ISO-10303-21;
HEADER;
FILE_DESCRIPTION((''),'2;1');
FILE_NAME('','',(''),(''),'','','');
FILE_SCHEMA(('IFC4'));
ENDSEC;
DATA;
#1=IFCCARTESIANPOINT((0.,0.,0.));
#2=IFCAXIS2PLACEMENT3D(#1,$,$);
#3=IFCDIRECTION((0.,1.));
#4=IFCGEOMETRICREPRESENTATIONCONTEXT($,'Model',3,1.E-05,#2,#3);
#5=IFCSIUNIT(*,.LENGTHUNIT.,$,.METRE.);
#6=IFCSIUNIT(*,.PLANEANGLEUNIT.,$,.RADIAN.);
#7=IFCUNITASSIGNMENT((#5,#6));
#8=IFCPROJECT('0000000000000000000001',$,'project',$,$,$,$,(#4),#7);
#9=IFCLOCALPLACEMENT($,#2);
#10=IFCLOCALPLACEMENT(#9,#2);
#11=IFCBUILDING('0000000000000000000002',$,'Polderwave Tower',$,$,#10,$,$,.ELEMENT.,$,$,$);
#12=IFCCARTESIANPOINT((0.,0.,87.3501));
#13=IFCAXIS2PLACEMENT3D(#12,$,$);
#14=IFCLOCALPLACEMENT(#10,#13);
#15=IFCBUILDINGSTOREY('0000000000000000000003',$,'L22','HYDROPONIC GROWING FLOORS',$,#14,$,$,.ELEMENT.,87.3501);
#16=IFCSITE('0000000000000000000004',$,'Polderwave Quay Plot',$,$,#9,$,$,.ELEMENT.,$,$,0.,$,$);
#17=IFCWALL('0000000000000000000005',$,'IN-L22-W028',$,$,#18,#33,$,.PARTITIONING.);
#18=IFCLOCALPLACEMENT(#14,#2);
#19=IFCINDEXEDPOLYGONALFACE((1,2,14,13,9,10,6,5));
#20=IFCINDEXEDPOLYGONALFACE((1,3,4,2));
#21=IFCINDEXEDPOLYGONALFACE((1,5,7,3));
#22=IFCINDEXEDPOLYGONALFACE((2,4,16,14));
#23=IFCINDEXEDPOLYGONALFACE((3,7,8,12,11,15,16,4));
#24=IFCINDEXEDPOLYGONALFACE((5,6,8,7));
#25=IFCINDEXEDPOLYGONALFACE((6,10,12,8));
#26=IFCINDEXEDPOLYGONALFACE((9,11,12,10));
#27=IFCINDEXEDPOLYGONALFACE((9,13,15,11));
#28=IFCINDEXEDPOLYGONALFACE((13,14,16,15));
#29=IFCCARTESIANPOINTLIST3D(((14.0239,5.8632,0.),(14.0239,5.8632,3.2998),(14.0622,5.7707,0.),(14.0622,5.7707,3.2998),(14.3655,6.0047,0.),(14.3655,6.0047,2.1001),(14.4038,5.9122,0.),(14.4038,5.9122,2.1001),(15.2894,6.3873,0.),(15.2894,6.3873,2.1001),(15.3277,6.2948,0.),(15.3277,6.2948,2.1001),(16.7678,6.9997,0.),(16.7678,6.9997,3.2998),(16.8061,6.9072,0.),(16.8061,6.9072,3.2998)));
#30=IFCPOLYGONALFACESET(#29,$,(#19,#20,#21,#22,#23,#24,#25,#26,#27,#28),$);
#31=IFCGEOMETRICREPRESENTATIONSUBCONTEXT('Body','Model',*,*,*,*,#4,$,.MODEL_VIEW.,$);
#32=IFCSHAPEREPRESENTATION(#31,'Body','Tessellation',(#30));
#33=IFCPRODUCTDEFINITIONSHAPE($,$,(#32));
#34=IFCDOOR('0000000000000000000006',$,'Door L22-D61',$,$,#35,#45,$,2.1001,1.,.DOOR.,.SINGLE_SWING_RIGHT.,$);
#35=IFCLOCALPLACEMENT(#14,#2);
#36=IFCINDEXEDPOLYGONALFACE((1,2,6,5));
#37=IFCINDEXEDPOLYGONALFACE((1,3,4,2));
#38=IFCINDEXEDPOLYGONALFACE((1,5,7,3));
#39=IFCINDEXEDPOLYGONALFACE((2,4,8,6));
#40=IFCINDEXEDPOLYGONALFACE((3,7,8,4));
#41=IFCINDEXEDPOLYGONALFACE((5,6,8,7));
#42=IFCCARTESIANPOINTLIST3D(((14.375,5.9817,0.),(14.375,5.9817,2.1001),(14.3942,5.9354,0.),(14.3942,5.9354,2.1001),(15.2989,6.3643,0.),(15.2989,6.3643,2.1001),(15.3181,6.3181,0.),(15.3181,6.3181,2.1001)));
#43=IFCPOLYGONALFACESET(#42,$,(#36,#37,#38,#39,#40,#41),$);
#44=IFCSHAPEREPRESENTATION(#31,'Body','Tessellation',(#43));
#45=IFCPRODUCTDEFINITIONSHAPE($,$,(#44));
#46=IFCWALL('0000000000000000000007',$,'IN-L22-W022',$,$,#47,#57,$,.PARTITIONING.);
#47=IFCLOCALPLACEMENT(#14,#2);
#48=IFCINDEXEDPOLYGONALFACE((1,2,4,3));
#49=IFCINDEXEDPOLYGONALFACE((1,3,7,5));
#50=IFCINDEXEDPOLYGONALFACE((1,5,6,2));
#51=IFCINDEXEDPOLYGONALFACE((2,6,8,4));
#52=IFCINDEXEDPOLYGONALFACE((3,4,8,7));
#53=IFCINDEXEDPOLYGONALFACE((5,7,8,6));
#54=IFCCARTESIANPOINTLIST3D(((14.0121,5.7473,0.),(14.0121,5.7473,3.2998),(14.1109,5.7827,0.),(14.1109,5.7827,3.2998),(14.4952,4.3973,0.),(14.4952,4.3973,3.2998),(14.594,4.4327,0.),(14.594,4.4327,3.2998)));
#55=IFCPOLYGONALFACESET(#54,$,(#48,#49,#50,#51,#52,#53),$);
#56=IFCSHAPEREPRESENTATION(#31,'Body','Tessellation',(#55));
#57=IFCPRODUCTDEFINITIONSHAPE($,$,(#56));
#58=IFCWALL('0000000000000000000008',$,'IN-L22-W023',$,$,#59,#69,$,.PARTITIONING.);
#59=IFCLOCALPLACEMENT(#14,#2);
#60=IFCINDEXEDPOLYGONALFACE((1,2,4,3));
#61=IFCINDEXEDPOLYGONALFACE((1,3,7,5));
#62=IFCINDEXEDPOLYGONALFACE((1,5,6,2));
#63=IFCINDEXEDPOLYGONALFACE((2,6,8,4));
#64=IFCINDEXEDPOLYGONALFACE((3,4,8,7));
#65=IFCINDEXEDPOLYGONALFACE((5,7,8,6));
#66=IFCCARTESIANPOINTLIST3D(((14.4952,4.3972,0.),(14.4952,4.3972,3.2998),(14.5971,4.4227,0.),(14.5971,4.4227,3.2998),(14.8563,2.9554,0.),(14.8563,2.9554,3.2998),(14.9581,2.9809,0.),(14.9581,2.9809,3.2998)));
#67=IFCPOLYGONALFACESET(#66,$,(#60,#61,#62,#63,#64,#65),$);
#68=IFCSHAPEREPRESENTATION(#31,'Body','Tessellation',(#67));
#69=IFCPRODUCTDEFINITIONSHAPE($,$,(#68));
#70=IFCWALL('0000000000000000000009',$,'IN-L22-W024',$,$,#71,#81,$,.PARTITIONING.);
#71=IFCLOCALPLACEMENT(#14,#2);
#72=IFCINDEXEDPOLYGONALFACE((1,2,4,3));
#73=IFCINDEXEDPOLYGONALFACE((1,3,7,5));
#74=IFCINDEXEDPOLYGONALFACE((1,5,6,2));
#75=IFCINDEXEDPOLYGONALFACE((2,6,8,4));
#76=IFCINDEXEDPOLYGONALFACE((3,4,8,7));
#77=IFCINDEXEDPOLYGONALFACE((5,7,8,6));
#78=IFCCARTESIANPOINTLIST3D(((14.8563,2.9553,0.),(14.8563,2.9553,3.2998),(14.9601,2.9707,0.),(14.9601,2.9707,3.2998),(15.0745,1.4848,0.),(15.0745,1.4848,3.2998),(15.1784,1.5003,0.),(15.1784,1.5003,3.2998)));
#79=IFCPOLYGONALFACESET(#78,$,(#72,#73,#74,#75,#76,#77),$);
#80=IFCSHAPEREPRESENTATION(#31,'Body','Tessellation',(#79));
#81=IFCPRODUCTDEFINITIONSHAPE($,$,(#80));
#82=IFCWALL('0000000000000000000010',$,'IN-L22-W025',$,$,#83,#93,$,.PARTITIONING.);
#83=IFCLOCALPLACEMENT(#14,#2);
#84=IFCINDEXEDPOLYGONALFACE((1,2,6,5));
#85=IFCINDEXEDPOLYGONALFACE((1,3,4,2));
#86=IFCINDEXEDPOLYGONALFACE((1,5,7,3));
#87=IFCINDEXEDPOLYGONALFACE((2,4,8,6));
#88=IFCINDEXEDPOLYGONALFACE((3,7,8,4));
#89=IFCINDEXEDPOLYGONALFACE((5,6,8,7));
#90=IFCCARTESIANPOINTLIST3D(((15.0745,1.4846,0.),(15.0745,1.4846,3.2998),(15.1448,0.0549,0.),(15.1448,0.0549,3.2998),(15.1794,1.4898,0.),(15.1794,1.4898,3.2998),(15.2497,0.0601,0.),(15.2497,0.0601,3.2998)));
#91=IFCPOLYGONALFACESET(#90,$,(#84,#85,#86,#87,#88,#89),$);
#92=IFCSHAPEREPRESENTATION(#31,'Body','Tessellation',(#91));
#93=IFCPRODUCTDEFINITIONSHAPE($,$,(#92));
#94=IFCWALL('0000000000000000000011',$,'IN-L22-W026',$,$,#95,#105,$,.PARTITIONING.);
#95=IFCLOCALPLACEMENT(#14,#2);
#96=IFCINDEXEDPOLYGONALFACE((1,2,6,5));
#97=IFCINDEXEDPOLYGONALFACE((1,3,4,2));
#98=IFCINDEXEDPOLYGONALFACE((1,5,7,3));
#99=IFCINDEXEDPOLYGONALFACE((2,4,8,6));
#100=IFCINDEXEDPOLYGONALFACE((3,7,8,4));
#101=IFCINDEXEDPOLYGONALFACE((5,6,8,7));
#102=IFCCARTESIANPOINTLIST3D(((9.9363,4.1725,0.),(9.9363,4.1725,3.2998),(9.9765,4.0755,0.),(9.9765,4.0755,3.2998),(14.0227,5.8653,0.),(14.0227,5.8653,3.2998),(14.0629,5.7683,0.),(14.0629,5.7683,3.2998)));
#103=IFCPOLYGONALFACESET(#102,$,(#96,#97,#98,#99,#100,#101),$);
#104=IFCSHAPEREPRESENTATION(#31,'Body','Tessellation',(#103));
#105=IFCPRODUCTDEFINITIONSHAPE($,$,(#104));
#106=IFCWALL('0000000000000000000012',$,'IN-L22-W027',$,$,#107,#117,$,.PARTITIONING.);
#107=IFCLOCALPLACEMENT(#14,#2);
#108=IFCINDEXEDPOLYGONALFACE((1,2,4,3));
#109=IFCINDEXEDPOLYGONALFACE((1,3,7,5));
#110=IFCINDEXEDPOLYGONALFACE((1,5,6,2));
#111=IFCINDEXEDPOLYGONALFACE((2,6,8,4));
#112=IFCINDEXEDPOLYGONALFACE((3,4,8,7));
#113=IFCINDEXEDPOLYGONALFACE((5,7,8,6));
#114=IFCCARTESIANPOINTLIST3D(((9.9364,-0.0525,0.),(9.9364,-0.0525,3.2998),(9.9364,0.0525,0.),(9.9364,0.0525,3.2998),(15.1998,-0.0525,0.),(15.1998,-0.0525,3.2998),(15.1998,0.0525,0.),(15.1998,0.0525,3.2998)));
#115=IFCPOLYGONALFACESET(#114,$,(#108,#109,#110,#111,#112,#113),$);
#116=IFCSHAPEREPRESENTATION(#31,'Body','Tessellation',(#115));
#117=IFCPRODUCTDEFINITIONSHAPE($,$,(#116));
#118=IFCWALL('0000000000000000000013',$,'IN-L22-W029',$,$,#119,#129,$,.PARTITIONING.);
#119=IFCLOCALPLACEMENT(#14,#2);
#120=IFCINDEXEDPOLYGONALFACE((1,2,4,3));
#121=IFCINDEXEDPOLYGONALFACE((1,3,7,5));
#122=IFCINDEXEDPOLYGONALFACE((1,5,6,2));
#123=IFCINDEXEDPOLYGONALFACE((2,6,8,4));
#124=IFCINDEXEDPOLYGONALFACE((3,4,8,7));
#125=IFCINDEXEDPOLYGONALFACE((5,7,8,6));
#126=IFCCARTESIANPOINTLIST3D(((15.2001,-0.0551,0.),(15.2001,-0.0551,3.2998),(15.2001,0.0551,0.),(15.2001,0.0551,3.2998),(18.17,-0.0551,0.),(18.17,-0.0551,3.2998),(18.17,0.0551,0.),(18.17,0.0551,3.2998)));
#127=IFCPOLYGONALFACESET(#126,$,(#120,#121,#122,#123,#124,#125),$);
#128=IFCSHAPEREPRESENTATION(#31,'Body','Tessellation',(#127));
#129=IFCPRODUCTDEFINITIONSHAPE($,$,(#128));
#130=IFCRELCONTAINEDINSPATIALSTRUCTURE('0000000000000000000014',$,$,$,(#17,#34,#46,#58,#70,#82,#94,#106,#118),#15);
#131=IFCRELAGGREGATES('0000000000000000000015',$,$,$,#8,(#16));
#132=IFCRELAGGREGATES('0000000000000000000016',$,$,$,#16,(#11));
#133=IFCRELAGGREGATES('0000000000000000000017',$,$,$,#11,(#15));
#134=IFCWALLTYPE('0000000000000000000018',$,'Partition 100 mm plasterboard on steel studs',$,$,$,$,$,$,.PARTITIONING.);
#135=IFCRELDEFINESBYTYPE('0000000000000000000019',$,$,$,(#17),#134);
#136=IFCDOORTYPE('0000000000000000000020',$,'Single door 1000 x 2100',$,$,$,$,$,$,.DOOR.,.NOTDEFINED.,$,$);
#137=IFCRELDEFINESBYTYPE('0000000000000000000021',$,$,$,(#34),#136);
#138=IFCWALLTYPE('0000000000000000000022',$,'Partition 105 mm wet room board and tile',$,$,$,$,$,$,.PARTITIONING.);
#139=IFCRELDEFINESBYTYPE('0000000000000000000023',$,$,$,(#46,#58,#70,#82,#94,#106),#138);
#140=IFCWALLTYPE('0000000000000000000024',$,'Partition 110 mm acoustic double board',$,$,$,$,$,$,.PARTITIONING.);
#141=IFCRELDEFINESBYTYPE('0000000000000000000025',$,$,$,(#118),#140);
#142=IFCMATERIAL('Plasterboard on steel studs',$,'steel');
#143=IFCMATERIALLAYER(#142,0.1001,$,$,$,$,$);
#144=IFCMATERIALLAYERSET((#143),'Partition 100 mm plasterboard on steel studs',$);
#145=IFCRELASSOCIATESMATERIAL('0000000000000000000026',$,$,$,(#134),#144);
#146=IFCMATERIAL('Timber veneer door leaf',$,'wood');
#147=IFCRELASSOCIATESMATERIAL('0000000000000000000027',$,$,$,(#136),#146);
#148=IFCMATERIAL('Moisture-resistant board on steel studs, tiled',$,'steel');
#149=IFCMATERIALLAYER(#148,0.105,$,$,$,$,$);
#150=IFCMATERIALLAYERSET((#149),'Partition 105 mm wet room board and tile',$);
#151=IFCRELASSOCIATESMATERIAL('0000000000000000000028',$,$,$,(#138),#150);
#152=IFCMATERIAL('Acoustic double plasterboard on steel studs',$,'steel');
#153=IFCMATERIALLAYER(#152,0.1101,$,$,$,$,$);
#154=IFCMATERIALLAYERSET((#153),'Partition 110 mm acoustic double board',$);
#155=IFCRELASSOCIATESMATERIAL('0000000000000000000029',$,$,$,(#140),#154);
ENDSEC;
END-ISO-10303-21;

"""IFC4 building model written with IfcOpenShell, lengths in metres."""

from ifc_helpers import new_model, si_unit, direction, frame, frame_2d, origin, place, context, subcontext, project, spatial, rectangle, extrude, material, layer, layer_set, type_object, element, fill, save


model = new_model("IFC4")

# Units and contexts
model_context = context("Model", 3, precision=1e-05, world=origin(), true_north=direction((0.0, 1.0)))
body_context = subcontext(model_context, "Body", "Model", "MODEL_VIEW")
ifc_project = project(units=[si_unit("LENGTHUNIT", "METRE"), si_unit("PLANEANGLEUNIT", "RADIAN")], contexts=[model_context])

# Site, building, storey
site_placement = place(None, origin())
site = spatial("IfcSite", under=ifc_project, at=site_placement, Name="Polderwave Quay Plot", CompositionType="ELEMENT", RefElevation=0.0)
building_placement = place(site_placement, origin())
building = spatial("IfcBuilding", under=site, at=building_placement, Name="Polderwave Tower", CompositionType="ELEMENT")
storey_placement = place(building_placement, frame((0.0, 0.0, 87.3501)))
storey = spatial("IfcBuildingStorey", under=building, at=storey_placement, Name="L22", Description="HYDROPONIC GROWING FLOORS", CompositionType="ELEMENT", Elevation=87.3501)

# Wall, opening, door
ifc_material_1 = material(Name="Plasterboard on steel studs", Category="steel")
ifc_layer_1 = layer(ifc_material_1, 0.1001)
ifc_layer_set_1 = layer_set([ifc_layer_1], Name="Partition 100 mm plasterboard on steel studs")
wall_type_1 = type_object("IfcWallType", Name="Partition 100 mm plasterboard on steel studs", PredefinedType="PARTITIONING", material=ifc_layer_set_1)
wall_1_placement = place(storey_placement, frame((16.7869, 6.9534, 0.0), z_axis=(0.0, 0.0, 1.0), x_axis=(-0.92389, -0.382659, 0.0)))
wall_1 = element("IfcWall", 1, at=wall_1_placement, inside=storey, type_object=wall_type_1, Name="IN-L22-W028", PredefinedType="PARTITIONING", context=body_context, shape_type="SweptSolid", body=[
    extrude(rectangle(XDim=2.97, YDim=0.1001, at=frame_2d((1.4849, 0.0))), origin(), (0.0, 0.0, 1.0), 3.2998),
])
opening_placement = place(wall_1_placement, frame((1.6001, 0.0, 0.0)))
opening = element("IfcOpeningElement", 2, at=opening_placement, cuts=wall_1, PredefinedType="OPENING", context=body_context, shape_type="SweptSolid", body=[
    extrude(rectangle(XDim=1.0, YDim=2.1001, at=frame_2d((0.5, 1.05))), frame((0.0, 0.0601, 0.0), z_axis=(0.0, -1.0, 0.0), x_axis=(1.0, 0.0, 0.0)), (0.0, 0.0, 1.0), 0.1201),
])
ifc_material_2 = material(Name="Timber veneer door leaf", Category="wood")
door_type = type_object("IfcDoorType", Name="Single door 1000 x 2100", OperationType="NOTDEFINED", PredefinedType="DOOR", material=ifc_material_2)
door_placement = place(opening_placement, origin())
door = element("IfcDoor", 3, at=door_placement, inside=storey, type_object=door_type, Name="Door L22-D61", OperationType="SINGLE_SWING_RIGHT", OverallHeight=2.1001, OverallWidth=1.0, PredefinedType="DOOR", context=body_context, shape_type="SweptSolid", body=[
    extrude(rectangle(XDim=1.0, YDim=2.1001, at=frame_2d((0.5, 1.05))), frame((0.0, 0.0249, 0.0), z_axis=(0.0, -1.0, 0.0), x_axis=(1.0, 0.0, 0.0)), (0.0, 0.0, 1.0), 0.05),
])
fill(opening, door)

# Walls
ifc_material_3 = material(Name="Moisture-resistant board on steel studs, tiled", Category="steel")
ifc_layer_2 = layer(ifc_material_3, 0.105)
ifc_layer_set_2 = layer_set([ifc_layer_2], Name="Partition 105 mm wet room board and tile")
wall_type_2 = type_object("IfcWallType", Name="Partition 105 mm wet room board and tile", PredefinedType="PARTITIONING", material=ifc_layer_set_2)
wall_2_placement = place(storey_placement, frame((14.0615, 5.7649, 0.0), z_axis=(0.0, 0.0, 1.0), x_axis=(0.33694, -0.941526, 0.0)))
element("IfcWall", 4, at=wall_2_placement, inside=storey, type_object=wall_type_2, Name="IN-L22-W022", PredefinedType="PARTITIONING", context=body_context, shape_type="SweptSolid", body=[
    extrude(rectangle(XDim=1.4338, YDim=0.105, at=frame_2d((0.7168, 0.0))), origin(), (0.0, 0.0, 1.0), 3.2998),
])
wall_3_placement = place(storey_placement, frame((14.5461, 4.4099, 0.0), z_axis=(0.0, 0.0, 1.0), x_axis=(0.242922, -0.970046, 0.0)))
element("IfcWall", 5, at=wall_3_placement, inside=storey, type_object=wall_type_2, Name="IN-L22-W023", PredefinedType="PARTITIONING", context=body_context, shape_type="SweptSolid", body=[
    extrude(rectangle(XDim=1.4863, YDim=0.105, at=frame_2d((0.7432, 0.0))), origin(), (0.0, 0.0, 1.0), 3.2998),
])
wall_4_placement = place(storey_placement, frame((14.9082, 2.9629, 0.0), z_axis=(0.0, 0.0, 1.0), x_axis=(0.146822, -0.989163, 0.0)))
element("IfcWall", 6, at=wall_4_placement, inside=storey, type_object=wall_type_2, Name="IN-L22-W024", PredefinedType="PARTITIONING", context=body_context, shape_type="SweptSolid", body=[
    extrude(rectangle(XDim=1.4866, YDim=0.105, at=frame_2d((0.7432, 0.0))), origin(), (0.0, 0.0, 1.0), 3.2998),
])
wall_5_placement = place(storey_placement, frame((15.127, 1.4873, 0.0), z_axis=(0.0, 0.0, 1.0), x_axis=(0.049121, -0.998793, 0.0)))
element("IfcWall", 7, at=wall_5_placement, inside=storey, type_object=wall_type_2, Name="IN-L22-W025", PredefinedType="PARTITIONING", context=body_context, shape_type="SweptSolid", body=[
    extrude(rectangle(XDim=1.4314, YDim=0.105, at=frame_2d((0.7158, 0.0))), origin(), (0.0, 0.0, 1.0), 3.2998),
])
wall_6_placement = place(storey_placement, frame((9.9565, 4.124, 0.0), z_axis=(0.0, 0.0, 1.0), x_axis=(0.923862, 0.382726, 0.0)))
element("IfcWall", 8, at=wall_6_placement, inside=storey, type_object=wall_type_2, Name="IN-L22-W026", PredefinedType="PARTITIONING", context=body_context, shape_type="SweptSolid", body=[
    extrude(rectangle(XDim=4.4231, YDim=0.105, at=frame_2d((2.2114, 0.0))), origin(), (0.0, 0.0, 1.0), 3.2998),
])
wall_7_placement = place(storey_placement, frame((15.2, 0.0, 0.0), z_axis=(0.0, 0.0, 1.0), x_axis=(-1.0, 0.0, 0.0)))
element("IfcWall", 9, at=wall_7_placement, inside=storey, type_object=wall_type_2, Name="IN-L22-W027", PredefinedType="PARTITIONING", context=body_context, shape_type="SweptSolid", body=[
    extrude(rectangle(XDim=5.2634, YDim=0.105, at=frame_2d((2.6318, 0.0))), origin(), (0.0, 0.0, 1.0), 3.2998),
])
ifc_material_4 = material(Name="Acoustic double plasterboard on steel studs", Category="steel")
ifc_layer_3 = layer(ifc_material_4, 0.1101)
ifc_layer_set_3 = layer_set([ifc_layer_3], Name="Partition 110 mm acoustic double board")
wall_type_3 = type_object("IfcWallType", Name="Partition 110 mm acoustic double board", PredefinedType="PARTITIONING", material=ifc_layer_set_3)
wall_8_placement = place(storey_placement, frame((18.1699, 0.0, 0.0), z_axis=(0.0, 0.0, 1.0), x_axis=(-1.0, 0.0, 0.0)))
element("IfcWall", 10, at=wall_8_placement, inside=storey, type_object=wall_type_3, Name="IN-L22-W029", PredefinedType="PARTITIONING", context=body_context, shape_type="SweptSolid", body=[
    extrude(rectangle(XDim=2.97, YDim=0.1101, at=frame_2d((1.4849, 0.0))), origin(), (0.0, 0.0, 1.0), 3.2998),
])

save(model, "model.ifc")
